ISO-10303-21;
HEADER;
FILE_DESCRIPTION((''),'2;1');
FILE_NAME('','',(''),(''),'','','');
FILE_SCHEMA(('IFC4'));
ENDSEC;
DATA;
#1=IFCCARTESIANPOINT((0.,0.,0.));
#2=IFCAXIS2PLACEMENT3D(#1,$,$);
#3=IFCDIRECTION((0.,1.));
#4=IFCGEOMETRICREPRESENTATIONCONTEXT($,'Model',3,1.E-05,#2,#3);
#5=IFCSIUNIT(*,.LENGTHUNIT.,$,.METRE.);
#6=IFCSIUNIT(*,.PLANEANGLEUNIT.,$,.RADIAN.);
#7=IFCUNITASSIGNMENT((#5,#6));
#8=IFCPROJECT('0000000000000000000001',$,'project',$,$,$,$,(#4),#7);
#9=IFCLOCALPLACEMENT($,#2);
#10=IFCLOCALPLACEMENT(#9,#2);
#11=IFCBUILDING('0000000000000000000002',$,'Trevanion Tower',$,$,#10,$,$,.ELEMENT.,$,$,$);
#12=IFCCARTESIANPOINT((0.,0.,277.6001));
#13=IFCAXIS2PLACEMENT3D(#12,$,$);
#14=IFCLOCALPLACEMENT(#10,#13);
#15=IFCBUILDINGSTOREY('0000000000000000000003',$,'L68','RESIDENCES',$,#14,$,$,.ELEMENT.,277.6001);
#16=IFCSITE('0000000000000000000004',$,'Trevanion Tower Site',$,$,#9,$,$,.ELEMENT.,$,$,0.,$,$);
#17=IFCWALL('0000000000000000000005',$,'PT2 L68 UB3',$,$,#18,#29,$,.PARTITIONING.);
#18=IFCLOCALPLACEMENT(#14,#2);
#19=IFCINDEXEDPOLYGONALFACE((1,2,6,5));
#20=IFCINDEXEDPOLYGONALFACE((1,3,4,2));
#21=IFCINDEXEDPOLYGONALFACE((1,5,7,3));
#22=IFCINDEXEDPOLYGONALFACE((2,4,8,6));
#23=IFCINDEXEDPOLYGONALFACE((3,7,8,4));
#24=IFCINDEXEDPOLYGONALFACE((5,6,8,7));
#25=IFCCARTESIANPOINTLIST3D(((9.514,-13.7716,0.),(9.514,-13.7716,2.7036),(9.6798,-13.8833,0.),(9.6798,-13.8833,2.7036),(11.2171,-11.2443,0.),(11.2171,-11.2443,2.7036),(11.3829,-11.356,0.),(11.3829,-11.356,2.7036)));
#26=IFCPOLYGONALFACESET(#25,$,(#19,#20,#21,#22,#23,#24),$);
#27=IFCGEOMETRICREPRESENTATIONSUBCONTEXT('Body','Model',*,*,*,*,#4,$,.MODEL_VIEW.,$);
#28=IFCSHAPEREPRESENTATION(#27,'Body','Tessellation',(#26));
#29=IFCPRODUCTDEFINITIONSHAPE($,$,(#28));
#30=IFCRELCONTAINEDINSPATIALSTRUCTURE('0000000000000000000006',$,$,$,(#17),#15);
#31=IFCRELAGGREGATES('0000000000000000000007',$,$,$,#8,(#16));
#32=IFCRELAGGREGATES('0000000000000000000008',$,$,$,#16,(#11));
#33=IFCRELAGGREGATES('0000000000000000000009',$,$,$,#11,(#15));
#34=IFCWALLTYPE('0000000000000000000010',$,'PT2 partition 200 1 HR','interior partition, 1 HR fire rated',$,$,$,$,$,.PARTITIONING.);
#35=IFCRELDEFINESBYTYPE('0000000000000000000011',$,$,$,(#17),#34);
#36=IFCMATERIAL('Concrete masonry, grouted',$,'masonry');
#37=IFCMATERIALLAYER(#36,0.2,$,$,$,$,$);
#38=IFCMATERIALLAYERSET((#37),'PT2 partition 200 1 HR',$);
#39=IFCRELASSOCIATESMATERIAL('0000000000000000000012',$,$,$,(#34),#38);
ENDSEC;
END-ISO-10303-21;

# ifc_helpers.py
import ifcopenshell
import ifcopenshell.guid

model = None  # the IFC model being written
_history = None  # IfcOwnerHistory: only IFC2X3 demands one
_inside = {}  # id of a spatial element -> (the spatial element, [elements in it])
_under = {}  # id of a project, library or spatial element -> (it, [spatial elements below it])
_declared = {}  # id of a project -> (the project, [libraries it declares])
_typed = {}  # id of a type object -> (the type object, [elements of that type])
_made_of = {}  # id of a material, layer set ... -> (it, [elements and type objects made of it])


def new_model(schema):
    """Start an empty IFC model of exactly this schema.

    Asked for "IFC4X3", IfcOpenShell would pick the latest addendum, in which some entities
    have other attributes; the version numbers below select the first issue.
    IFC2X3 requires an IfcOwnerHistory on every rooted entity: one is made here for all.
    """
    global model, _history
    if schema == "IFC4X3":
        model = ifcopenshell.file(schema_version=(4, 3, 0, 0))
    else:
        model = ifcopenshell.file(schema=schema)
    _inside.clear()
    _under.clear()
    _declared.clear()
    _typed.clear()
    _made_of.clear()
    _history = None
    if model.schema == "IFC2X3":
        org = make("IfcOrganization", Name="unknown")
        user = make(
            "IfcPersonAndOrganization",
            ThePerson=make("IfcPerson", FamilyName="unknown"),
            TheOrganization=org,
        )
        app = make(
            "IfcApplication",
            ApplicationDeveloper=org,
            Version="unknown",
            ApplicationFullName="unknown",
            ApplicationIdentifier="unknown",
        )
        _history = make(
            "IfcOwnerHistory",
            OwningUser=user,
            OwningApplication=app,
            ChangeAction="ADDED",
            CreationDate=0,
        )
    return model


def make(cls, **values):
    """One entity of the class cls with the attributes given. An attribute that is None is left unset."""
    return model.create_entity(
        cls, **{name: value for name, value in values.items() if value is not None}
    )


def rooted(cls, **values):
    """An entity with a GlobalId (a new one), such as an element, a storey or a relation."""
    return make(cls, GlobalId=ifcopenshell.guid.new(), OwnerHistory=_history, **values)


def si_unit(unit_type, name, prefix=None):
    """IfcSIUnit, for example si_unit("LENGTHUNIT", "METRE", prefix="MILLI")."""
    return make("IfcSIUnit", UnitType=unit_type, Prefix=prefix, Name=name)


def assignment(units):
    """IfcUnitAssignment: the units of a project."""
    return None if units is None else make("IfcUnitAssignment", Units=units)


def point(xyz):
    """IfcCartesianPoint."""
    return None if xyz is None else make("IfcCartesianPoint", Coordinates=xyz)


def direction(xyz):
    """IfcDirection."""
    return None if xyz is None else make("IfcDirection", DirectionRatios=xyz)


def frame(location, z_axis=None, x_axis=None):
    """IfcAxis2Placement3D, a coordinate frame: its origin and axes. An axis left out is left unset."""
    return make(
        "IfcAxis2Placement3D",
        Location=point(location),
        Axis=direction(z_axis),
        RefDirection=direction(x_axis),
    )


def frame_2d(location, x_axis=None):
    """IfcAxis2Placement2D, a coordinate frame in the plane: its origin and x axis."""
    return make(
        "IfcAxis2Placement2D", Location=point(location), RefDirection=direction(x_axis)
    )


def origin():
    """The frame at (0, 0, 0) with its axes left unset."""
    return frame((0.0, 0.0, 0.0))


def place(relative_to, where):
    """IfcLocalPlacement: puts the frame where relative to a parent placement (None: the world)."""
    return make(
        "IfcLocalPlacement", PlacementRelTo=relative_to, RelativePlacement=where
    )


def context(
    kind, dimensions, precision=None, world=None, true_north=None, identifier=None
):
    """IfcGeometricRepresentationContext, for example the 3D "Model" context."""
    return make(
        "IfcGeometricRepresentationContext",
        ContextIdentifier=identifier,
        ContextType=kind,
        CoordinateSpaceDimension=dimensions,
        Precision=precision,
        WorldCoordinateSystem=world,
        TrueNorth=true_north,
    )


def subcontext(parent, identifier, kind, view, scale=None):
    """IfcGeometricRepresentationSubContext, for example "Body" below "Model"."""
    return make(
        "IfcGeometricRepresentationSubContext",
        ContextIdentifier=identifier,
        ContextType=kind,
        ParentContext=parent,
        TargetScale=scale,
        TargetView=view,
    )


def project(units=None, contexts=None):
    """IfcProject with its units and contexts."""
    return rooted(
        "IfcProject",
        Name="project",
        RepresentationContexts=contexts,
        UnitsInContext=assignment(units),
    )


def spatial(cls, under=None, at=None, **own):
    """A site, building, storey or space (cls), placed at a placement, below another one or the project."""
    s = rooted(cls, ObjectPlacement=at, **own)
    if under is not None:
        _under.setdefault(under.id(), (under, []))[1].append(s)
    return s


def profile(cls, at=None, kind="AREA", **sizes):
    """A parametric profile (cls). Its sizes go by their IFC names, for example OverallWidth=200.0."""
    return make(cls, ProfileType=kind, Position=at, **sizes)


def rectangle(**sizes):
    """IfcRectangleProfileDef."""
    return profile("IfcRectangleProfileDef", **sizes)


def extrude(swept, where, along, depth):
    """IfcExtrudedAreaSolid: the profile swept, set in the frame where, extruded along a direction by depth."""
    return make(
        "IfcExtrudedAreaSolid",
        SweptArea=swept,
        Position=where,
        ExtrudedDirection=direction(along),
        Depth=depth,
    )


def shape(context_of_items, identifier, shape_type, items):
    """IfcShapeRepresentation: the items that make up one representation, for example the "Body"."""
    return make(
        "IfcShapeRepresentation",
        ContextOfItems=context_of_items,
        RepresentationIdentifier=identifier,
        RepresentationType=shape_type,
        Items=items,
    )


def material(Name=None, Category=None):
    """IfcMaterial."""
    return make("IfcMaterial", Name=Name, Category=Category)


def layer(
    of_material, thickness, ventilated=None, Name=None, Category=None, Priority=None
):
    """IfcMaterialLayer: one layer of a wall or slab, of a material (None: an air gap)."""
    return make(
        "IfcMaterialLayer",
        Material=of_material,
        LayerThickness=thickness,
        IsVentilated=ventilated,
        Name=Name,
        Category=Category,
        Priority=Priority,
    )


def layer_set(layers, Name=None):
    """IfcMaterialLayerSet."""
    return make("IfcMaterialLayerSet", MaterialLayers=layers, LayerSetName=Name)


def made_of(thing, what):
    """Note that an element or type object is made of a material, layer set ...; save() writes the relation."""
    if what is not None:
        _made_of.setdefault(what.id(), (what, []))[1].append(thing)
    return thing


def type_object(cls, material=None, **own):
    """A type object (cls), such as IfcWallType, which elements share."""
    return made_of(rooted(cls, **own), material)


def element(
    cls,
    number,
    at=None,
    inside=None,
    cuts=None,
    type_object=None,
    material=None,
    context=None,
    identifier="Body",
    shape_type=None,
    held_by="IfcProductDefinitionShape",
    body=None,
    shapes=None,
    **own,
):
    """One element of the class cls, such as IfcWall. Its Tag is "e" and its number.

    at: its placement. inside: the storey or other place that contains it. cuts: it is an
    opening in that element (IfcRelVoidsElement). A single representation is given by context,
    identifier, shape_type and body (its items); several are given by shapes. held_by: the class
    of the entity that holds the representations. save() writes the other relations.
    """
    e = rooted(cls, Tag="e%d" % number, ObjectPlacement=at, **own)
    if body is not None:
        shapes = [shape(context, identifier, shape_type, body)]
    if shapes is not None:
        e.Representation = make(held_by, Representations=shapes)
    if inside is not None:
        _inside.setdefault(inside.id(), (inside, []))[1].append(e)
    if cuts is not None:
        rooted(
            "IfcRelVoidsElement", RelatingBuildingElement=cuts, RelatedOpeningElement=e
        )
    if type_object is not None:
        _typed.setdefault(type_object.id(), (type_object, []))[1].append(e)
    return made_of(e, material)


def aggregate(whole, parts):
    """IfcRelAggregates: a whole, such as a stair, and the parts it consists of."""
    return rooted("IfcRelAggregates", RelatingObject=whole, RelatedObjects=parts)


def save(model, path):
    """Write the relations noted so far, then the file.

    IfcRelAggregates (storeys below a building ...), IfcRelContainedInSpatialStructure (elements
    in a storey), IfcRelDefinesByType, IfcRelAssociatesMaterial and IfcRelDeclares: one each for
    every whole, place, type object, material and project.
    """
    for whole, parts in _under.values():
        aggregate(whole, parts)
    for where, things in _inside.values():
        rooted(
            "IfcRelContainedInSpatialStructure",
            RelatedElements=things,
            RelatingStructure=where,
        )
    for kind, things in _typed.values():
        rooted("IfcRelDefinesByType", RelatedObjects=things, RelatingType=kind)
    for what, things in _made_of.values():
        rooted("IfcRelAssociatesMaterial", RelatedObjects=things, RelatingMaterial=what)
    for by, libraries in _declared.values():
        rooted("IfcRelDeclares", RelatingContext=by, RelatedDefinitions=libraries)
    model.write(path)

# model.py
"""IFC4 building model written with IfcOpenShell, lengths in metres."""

from ifc_helpers import new_model, si_unit, direction, frame, frame_2d, origin, place, context, subcontext, project, spatial, rectangle, extrude, material, layer, layer_set, type_object, element, save


model = new_model("IFC4")

# Units and contexts
model_context = context("Model", 3, precision=1e-05, world=origin(), true_north=direction((0.0, 1.0)))
body_context = subcontext(model_context, "Body", "Model", "MODEL_VIEW")
ifc_project = project(units=[si_unit("LENGTHUNIT", "METRE"), si_unit("PLANEANGLEUNIT", "RADIAN")], contexts=[model_context])

# Site, building, storey
site_placement = place(None, origin())
site = spatial("IfcSite", under=ifc_project, at=site_placement, Name="Trevanion Tower Site", CompositionType="ELEMENT", RefElevation=0.0)
building_placement = place(site_placement, origin())
building = spatial("IfcBuilding", under=site, at=building_placement, Name="Trevanion Tower", CompositionType="ELEMENT")
storey_placement = place(building_placement, frame((0.0, 0.0, 277.6001)))
storey = spatial("IfcBuildingStorey", under=building, at=storey_placement, Name="L68", Description="RESIDENCES", CompositionType="ELEMENT", Elevation=277.6001)

# Wall
ifc_material_1 = material(Name="Concrete masonry, grouted", Category="masonry")
ifc_layer_1 = layer(ifc_material_1, 0.2)
ifc_layer_set_1 = layer_set([ifc_layer_1], Name="PT2 partition 200 1 HR")
wall_type_1 = type_object("IfcWallType", Name="PT2 partition 200 1 HR", Description="interior partition, 1 HR fire rated", PredefinedType="PARTITIONING", material=ifc_layer_set_1)
wall_1_placement = place(storey_placement, frame((11.3, -11.3, 0.0), z_axis=(0.0, 0.0, 1.0), x_axis=(-0.558834, -0.829279, 0.0)))
element("IfcWall", 1, at=wall_1_placement, inside=storey, type_object=wall_type_1, Name="PT2 L68 UB3", PredefinedType="PARTITIONING", context=body_context, shape_type="SweptSolid", body=[
    extrude(rectangle(XDim=3.0476, YDim=0.2, at=frame_2d((1.5239, 0.0))), origin(), (0.0, 0.0, 1.0), 2.7036),
])

save(model, "model.ifc")
